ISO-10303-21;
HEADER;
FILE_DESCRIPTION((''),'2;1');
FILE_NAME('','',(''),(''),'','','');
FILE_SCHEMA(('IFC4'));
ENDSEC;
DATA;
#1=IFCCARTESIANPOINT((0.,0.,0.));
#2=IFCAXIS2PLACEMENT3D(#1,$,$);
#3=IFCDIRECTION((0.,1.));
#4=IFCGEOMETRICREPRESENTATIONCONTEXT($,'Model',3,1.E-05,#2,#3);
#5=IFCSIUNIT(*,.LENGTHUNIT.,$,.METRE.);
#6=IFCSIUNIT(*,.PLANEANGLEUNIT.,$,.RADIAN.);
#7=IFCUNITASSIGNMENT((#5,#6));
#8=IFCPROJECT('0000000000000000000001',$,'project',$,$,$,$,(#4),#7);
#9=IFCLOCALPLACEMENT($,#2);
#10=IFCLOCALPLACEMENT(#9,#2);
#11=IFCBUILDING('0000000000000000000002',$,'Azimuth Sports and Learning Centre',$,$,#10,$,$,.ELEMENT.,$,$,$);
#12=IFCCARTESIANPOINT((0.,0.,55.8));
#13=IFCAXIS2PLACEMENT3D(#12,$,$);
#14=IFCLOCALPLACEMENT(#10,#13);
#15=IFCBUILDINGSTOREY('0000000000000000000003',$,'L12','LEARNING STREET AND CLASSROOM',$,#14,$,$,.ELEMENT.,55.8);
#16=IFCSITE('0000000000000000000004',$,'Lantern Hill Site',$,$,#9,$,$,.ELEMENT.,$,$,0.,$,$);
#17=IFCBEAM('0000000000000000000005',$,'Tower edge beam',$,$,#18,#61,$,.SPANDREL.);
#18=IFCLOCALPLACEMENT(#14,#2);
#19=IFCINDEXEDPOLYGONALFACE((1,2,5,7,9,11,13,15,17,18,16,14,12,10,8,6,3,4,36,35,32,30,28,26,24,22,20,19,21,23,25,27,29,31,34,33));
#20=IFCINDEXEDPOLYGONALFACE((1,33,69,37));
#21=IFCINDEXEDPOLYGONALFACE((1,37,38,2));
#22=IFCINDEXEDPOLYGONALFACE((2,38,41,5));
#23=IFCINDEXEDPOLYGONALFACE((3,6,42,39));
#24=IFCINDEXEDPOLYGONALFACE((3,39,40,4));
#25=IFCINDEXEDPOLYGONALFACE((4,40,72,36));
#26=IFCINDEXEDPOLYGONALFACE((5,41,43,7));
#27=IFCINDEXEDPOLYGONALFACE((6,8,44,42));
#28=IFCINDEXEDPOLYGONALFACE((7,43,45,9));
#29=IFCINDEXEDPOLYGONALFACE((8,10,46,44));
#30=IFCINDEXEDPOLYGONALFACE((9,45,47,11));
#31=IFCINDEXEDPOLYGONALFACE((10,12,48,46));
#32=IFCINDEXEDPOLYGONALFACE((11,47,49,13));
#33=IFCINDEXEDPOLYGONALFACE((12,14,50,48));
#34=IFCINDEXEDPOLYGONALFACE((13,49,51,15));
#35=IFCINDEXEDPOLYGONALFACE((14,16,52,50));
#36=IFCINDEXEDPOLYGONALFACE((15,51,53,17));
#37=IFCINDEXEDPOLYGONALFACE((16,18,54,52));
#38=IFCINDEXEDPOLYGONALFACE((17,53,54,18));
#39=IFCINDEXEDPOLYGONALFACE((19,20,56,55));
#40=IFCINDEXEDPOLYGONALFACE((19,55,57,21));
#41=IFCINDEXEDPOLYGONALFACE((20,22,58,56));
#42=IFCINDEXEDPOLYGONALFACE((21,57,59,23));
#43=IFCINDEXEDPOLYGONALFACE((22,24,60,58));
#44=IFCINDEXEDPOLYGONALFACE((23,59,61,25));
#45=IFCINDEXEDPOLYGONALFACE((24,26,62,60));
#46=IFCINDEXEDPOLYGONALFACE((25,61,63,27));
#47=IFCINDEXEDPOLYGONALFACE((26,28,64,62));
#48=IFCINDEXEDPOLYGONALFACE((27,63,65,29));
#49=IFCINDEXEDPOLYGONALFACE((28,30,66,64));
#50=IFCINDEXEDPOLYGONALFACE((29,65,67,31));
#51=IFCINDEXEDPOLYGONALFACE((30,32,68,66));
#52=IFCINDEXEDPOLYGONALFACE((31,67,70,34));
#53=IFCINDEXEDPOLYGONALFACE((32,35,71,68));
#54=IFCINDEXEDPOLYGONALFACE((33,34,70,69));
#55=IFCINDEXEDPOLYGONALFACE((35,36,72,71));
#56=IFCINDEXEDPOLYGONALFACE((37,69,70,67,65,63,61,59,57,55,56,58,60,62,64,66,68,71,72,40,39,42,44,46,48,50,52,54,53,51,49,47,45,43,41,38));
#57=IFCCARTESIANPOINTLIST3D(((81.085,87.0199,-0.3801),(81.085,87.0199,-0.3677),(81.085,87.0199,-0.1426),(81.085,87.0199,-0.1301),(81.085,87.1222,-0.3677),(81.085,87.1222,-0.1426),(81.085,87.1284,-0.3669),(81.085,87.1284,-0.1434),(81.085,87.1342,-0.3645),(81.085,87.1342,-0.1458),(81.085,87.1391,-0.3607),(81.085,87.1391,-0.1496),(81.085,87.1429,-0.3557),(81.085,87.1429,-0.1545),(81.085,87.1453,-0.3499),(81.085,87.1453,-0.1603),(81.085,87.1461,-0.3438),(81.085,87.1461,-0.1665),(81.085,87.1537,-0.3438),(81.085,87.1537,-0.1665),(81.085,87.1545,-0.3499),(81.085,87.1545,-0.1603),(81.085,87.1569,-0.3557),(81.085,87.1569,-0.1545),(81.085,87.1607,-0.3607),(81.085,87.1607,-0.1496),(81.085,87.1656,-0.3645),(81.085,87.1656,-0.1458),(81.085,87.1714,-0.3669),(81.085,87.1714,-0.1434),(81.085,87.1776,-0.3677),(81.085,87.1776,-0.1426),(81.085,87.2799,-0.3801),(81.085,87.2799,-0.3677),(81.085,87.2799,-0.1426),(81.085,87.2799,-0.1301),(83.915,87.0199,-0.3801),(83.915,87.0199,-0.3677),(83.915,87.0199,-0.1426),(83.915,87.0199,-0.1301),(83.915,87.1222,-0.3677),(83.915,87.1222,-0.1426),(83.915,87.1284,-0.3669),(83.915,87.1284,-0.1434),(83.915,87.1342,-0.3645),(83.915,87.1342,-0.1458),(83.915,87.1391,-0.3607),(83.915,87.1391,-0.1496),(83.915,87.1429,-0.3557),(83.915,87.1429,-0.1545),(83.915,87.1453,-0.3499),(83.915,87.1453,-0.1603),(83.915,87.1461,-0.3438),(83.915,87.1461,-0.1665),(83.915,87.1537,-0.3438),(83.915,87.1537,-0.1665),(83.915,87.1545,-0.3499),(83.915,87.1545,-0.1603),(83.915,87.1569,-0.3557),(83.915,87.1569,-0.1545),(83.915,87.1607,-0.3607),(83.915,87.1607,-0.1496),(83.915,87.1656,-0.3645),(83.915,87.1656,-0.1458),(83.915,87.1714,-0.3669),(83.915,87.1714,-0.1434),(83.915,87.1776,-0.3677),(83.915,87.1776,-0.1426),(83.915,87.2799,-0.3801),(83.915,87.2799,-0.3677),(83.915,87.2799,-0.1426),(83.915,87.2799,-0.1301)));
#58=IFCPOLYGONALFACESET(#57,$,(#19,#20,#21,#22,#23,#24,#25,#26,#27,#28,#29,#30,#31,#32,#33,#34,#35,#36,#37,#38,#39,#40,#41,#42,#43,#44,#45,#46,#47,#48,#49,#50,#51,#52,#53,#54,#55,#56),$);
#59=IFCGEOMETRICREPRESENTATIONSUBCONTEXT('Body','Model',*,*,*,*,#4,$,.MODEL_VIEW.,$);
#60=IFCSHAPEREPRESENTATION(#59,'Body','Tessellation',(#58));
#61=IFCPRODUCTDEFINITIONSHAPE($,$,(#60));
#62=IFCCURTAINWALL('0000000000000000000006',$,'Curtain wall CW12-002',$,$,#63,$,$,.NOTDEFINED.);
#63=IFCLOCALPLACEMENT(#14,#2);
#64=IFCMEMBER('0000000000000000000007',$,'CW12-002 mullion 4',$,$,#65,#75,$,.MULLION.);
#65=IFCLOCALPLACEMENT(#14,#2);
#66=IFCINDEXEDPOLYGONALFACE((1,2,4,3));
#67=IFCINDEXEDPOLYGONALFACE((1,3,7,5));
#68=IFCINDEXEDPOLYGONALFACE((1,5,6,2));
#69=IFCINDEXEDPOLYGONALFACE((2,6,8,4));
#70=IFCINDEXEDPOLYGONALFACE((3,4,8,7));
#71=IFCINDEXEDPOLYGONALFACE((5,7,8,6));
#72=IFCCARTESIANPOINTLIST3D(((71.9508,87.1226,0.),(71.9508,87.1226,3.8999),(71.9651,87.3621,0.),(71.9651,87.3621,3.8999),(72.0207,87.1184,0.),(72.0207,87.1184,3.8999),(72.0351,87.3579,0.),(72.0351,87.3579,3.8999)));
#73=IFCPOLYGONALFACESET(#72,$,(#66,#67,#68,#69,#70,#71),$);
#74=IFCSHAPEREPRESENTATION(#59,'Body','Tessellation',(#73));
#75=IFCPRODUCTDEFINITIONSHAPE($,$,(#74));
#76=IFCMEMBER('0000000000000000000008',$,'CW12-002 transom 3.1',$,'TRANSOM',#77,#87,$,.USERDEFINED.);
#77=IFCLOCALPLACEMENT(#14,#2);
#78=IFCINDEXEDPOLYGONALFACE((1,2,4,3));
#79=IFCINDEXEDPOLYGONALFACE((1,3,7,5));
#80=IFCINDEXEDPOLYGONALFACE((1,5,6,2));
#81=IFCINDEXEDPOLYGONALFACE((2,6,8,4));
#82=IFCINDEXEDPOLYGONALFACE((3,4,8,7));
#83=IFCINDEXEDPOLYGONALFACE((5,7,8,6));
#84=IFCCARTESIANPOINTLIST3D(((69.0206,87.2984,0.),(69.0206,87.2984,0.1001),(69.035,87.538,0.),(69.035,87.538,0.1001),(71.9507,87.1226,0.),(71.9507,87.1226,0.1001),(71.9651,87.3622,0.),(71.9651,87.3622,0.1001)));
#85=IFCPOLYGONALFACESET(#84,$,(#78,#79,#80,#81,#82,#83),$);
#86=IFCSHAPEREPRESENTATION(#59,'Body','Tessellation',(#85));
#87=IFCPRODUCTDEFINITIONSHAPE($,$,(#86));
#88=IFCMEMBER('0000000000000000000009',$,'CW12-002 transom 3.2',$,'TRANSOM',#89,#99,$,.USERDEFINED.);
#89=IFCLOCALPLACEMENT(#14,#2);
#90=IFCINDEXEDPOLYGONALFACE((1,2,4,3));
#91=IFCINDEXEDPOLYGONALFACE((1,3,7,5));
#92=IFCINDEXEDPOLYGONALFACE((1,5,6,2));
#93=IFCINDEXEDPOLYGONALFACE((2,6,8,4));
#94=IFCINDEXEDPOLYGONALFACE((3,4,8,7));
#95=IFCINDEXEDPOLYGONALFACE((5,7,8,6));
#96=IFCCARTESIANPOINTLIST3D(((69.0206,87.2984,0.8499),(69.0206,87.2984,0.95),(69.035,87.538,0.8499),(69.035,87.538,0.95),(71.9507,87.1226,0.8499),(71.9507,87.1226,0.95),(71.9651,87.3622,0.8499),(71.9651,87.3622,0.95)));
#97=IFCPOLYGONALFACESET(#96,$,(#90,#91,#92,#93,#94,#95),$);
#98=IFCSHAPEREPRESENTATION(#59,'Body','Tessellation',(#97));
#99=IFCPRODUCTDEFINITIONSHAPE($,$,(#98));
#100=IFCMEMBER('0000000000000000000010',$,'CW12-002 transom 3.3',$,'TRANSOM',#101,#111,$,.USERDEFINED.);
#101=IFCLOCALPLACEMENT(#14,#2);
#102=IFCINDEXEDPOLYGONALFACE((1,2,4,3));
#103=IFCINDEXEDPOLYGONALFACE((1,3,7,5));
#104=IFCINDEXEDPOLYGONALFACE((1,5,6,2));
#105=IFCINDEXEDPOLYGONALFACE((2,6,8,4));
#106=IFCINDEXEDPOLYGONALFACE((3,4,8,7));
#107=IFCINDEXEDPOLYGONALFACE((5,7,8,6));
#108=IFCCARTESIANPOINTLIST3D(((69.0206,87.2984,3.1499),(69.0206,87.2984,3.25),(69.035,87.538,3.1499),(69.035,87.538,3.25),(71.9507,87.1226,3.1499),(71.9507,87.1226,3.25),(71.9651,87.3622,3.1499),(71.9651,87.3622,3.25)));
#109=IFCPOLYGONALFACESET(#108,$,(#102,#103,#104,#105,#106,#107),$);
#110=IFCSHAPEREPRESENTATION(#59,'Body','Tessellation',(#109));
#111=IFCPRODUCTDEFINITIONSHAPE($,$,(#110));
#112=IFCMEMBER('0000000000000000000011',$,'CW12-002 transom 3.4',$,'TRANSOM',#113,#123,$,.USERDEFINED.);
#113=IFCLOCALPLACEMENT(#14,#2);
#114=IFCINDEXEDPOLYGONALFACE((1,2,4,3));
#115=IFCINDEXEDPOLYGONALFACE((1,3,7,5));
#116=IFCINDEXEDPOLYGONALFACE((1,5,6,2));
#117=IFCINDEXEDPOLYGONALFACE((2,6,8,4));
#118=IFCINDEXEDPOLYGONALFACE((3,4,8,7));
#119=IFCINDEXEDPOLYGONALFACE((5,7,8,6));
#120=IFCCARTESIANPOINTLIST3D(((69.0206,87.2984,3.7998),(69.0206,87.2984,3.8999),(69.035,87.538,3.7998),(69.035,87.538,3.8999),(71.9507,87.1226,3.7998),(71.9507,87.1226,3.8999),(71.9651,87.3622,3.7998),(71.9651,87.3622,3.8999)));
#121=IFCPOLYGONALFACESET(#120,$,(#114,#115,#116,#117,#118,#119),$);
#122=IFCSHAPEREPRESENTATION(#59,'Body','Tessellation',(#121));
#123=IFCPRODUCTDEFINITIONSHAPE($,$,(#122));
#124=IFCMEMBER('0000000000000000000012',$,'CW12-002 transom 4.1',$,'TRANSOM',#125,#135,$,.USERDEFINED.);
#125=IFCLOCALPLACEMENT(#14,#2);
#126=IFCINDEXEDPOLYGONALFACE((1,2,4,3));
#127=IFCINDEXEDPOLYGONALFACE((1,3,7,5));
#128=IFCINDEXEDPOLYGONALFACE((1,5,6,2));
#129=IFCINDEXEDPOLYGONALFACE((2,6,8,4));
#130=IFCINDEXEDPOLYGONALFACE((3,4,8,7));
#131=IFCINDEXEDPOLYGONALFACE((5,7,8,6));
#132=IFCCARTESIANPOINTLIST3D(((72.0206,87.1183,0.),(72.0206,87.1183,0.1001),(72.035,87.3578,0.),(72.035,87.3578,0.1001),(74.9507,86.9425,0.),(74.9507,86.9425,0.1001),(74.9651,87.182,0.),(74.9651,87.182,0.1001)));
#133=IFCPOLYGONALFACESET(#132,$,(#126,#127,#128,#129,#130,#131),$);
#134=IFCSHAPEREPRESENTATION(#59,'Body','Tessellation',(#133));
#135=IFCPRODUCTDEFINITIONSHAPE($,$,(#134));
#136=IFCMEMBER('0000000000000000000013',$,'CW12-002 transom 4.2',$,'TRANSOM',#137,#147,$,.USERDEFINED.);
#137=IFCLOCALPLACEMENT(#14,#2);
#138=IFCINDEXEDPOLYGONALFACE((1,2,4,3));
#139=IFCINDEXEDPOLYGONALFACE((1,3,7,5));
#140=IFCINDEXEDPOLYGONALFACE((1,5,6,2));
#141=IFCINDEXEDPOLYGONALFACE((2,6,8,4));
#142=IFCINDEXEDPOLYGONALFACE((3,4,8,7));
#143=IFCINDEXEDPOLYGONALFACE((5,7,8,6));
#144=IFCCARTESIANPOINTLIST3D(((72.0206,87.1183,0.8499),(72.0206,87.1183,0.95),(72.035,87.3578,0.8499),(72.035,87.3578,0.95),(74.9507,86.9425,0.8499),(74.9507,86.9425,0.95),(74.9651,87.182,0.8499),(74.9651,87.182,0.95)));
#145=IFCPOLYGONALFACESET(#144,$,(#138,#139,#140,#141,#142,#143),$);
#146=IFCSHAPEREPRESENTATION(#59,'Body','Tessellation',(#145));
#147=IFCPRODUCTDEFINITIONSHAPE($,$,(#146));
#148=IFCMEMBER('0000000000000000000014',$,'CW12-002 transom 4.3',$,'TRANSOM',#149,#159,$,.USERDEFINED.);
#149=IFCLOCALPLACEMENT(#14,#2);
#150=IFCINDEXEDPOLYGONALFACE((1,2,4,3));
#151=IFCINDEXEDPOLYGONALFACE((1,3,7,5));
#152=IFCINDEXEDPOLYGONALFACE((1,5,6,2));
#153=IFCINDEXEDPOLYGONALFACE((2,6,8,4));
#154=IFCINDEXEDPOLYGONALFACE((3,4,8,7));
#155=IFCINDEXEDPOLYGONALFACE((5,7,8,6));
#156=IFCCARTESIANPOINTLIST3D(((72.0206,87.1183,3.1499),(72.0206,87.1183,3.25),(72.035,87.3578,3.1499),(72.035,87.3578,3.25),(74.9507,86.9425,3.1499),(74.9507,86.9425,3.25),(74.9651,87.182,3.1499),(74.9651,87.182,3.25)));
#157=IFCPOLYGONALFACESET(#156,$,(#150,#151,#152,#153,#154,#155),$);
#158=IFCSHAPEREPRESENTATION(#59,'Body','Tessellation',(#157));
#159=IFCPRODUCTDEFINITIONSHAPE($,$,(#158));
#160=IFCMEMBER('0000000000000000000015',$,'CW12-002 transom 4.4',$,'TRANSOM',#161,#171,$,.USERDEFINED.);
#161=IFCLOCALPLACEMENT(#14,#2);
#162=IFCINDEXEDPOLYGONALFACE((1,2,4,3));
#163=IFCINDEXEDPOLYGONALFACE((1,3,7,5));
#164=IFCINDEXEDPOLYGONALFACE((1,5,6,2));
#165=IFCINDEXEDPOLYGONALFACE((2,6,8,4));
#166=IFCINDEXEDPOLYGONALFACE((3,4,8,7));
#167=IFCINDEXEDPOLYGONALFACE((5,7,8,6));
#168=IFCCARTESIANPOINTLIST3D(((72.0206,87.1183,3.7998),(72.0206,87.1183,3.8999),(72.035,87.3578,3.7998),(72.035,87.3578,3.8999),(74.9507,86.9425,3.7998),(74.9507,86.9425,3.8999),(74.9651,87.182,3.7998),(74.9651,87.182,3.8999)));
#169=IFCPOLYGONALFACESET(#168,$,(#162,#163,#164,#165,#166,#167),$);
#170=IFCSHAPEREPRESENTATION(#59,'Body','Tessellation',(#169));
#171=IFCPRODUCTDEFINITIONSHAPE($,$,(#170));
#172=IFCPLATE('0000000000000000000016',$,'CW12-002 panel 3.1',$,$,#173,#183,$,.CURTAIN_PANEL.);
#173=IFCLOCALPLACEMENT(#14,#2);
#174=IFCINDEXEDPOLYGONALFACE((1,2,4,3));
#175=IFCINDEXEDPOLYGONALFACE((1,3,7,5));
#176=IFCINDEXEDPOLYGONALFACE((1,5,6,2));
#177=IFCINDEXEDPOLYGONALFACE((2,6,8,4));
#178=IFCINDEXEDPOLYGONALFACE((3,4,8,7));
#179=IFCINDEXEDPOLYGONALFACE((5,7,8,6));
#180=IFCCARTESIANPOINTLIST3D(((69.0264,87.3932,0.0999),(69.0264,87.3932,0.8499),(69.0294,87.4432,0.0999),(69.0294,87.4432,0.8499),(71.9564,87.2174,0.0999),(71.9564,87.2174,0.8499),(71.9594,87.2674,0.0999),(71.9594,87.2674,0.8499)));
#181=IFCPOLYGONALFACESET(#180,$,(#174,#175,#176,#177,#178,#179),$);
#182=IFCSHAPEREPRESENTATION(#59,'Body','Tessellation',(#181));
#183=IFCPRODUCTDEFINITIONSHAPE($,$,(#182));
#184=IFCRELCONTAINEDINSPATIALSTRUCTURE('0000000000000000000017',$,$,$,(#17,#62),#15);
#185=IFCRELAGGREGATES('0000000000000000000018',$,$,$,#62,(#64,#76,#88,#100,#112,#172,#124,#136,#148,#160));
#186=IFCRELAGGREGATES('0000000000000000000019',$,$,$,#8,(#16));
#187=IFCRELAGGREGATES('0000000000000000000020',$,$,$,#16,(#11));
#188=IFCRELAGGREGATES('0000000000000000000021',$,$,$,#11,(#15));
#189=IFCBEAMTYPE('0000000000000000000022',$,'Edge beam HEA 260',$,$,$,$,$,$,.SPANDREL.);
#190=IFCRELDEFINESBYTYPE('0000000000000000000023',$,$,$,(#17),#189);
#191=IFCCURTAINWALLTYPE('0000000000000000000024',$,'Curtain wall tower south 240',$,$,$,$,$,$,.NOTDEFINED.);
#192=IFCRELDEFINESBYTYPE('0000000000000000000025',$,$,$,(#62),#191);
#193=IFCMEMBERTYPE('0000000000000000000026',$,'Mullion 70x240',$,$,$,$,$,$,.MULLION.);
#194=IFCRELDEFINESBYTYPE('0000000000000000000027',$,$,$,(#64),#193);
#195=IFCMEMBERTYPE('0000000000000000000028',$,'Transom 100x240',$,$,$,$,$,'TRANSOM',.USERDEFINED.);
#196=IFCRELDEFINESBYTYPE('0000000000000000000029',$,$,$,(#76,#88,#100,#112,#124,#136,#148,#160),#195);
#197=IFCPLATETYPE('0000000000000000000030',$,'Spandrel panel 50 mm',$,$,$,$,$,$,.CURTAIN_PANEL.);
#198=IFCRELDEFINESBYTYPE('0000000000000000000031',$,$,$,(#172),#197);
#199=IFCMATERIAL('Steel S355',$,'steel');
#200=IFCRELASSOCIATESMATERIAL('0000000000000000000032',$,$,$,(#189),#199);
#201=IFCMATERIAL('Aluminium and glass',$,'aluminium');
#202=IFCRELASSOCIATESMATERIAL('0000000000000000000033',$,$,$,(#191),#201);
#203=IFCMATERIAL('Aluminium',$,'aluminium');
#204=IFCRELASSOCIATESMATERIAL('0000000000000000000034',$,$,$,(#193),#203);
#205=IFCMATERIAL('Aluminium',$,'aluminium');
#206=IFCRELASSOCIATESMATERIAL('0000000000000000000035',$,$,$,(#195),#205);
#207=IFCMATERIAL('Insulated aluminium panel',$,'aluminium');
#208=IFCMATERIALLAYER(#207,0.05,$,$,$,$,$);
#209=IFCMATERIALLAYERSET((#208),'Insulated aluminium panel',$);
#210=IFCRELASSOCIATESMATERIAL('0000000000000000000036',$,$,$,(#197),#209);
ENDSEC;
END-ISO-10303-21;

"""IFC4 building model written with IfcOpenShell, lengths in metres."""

from ifc_helpers import new_model, si_unit, direction, frame, origin, origin_2d, place, context, subcontext, project, spatial, rectangle, i_section, extrude, material, layer, layer_set, material_profile, profile_set, type_object, element, aggregate, save


model = new_model("IFC4")

# Units and contexts
model_context = context("Model", 3, precision=1e-05, world=origin(), true_north=direction((0.0, 1.0)))
body_context = subcontext(model_context, "Body", "Model", "MODEL_VIEW")
ifc_project = project(units=[si_unit("LENGTHUNIT", "METRE"), si_unit("PLANEANGLEUNIT", "RADIAN")], contexts=[model_context])

# Site, building, storey
site_placement = place(None, origin())
site = spatial("IfcSite", under=ifc_project, at=site_placement, Name="Lantern Hill Site", CompositionType="ELEMENT", RefElevation=0.0)
building_placement = place(site_placement, origin())
building = spatial("IfcBuilding", under=site, at=building_placement, Name="Azimuth Sports and Learning Centre", CompositionType="ELEMENT")
storey_placement = place(building_placement, frame((0.0, 0.0, 55.8)))
storey = spatial("IfcBuildingStorey", under=building, at=storey_placement, Name="L12", Description="LEARNING STREET AND CLASSROOM", CompositionType="ELEMENT", Elevation=55.8)

# Beam
ifc_material_1 = material(Name="Steel S355", Category="steel")
ifc_material_profile_1 = material_profile(ifc_material_1, i_section(OverallWidth=0.26, OverallDepth=0.25, WebThickness=0.0076, FlangeThickness=0.0125, FilletRadius=0.0239, at=origin_2d()), Name="HEA 260")
ifc_profile_set_1 = profile_set([ifc_material_profile_1], Name="Steel S355")
beam_type = type_object("IfcBeamType", Name="Edge beam HEA 260", PredefinedType="SPANDREL", material=ifc_profile_set_1)
for number, where, z_axis, x_axis, name in (
    (1, (81.085, 87.1499, -0.2551), (1.0, 0.0, 0.0), (0.0, 1.0, 0.0), "Tower edge beam"),
):
    element("IfcBeam", number, at=place(storey_placement, frame(where, z_axis=z_axis, x_axis=x_axis)), inside=storey, type_object=beam_type, Name=name, PredefinedType="SPANDREL", context=body_context, shape_type="SweptSolid", body=[
        extrude(i_section(OverallWidth=0.26, OverallDepth=0.25, WebThickness=0.0076, FlangeThickness=0.0125, FilletRadius=0.0239, at=origin_2d()), origin(), (0.0, 0.0, 1.0), 2.8301),
    ])

# Curtain wall, members, plate
ifc_material_2 = material(Name="Aluminium and glass", Category="aluminium")
curtain_wall_type = type_object("IfcCurtainWallType", Name="Curtain wall tower south 240", PredefinedType="NOTDEFINED", material=ifc_material_2)
curtain_wall_placement = place(storey_placement, origin())
curtain_wall = element("IfcCurtainWall", 2, at=curtain_wall_placement, inside=storey, type_object=curtain_wall_type, Name="Curtain wall CW12-002", PredefinedType="NOTDEFINED")
ifc_material_3 = material(Name="Aluminium", Category="aluminium")
ifc_material_profile_2 = material_profile(ifc_material_3, rectangle(XDim=0.24, YDim=0.0701, at=origin_2d()), Name="Mullion 70x240")
ifc_profile_set_2 = profile_set([ifc_material_profile_2], Name="Aluminium")
member_type_1 = type_object("IfcMemberType", Name="Mullion 70x240", PredefinedType="MULLION", material=ifc_profile_set_2)
member_1_placement = place(storey_placement, frame((71.9929, 87.2402, 0.0), z_axis=(0.0, 0.0, 1.0), x_axis=(0.059892, 0.998205, 0.0)))
member_1 = element("IfcMember", 3, at=member_1_placement, type_object=member_type_1, Name="CW12-002 mullion 4", PredefinedType="MULLION", context=body_context, shape_type="SweptSolid", body=[
    extrude(rectangle(XDim=0.24, YDim=0.0701, at=origin_2d()), origin(), (0.0, 0.0, 1.0), 3.8999),
])
ifc_material_4 = material(Name="Aluminium", Category="aluminium")
ifc_material_profile_3 = material_profile(ifc_material_4, rectangle(XDim=0.24, YDim=0.1001, at=origin_2d()), Name="Transom 100x240")
ifc_profile_set_3 = profile_set([ifc_material_profile_3], Name="Aluminium")
member_type_2 = type_object("IfcMemberType", Name="Transom 100x240", ElementType="TRANSOM", PredefinedType="USERDEFINED", material=ifc_profile_set_3)
member_2_placement = place(storey_placement, frame((69.0278, 87.4182, 0.05), z_axis=(0.998205, -0.059887, 0.0), x_axis=(0.059887, 0.998205, 0.0)))
member_2 = element("IfcMember", 4, at=member_2_placement, type_object=member_type_2, Name="CW12-002 transom 3.1", ObjectType="TRANSOM", PredefinedType="USERDEFINED", context=body_context, shape_type="SweptSolid", body=[
    extrude(rectangle(XDim=0.24, YDim=0.1001, at=origin_2d()), origin(), (0.0, 0.0, 1.0), 2.9353),
])
member_3_placement = place(storey_placement, frame((69.0278, 87.4182, 0.8999), z_axis=(0.998205, -0.059887, 0.0), x_axis=(0.059887, 0.998205, 0.0)))
member_3 = element("IfcMember", 5, at=member_3_placement, type_object=member_type_2, Name="CW12-002 transom 3.2", ObjectType="TRANSOM", PredefinedType="USERDEFINED", context=body_context, shape_type="SweptSolid", body=[
    extrude(rectangle(XDim=0.24, YDim=0.1001, at=origin_2d()), origin(), (0.0, 0.0, 1.0), 2.9353),
])
member_4_placement = place(storey_placement, frame((69.0278, 87.4182, 3.2), z_axis=(0.998205, -0.059887, 0.0), x_axis=(0.059887, 0.998205, 0.0)))
member_4 = element("IfcMember", 6, at=member_4_placement, type_object=member_type_2, Name="CW12-002 transom 3.3", ObjectType="TRANSOM", PredefinedType="USERDEFINED", context=body_context, shape_type="SweptSolid", body=[
    extrude(rectangle(XDim=0.24, YDim=0.1001, at=origin_2d()), origin(), (0.0, 0.0, 1.0), 2.9353),
])
member_5_placement = place(storey_placement, frame((69.0278, 87.4182, 3.8499), z_axis=(0.998205, -0.059887, 0.0), x_axis=(0.059887, 0.998205, 0.0)))
member_5 = element("IfcMember", 7, at=member_5_placement, type_object=member_type_2, Name="CW12-002 transom 3.4", ObjectType="TRANSOM", PredefinedType="USERDEFINED", context=body_context, shape_type="SweptSolid", body=[
    extrude(rectangle(XDim=0.24, YDim=0.1001, at=origin_2d()), origin(), (0.0, 0.0, 1.0), 2.9353),
])
member_6_placement = place(storey_placement, frame((72.0278, 87.238, 0.05), z_axis=(0.998205, -0.059887, 0.0), x_axis=(0.059887, 0.998205, 0.0)))
member_6 = element("IfcMember", 8, at=member_6_placement, type_object=member_type_2, Name="CW12-002 transom 4.1", ObjectType="TRANSOM", PredefinedType="USERDEFINED", context=body_context, shape_type="SweptSolid", body=[
    extrude(rectangle(XDim=0.24, YDim=0.1001, at=origin_2d()), origin(), (0.0, 0.0, 1.0), 2.9353),
])
member_7_placement = place(storey_placement, frame((72.0278, 87.238, 0.8999), z_axis=(0.998205, -0.059887, 0.0), x_axis=(0.059887, 0.998205, 0.0)))
member_7 = element("IfcMember", 9, at=member_7_placement, type_object=member_type_2, Name="CW12-002 transom 4.2", ObjectType="TRANSOM", PredefinedType="USERDEFINED", context=body_context, shape_type="SweptSolid", body=[
    extrude(rectangle(XDim=0.24, YDim=0.1001, at=origin_2d()), origin(), (0.0, 0.0, 1.0), 2.9353),
])
member_8_placement = place(storey_placement, frame((72.0278, 87.238, 3.2), z_axis=(0.998205, -0.059887, 0.0), x_axis=(0.059887, 0.998205, 0.0)))
member_8 = element("IfcMember", 10, at=member_8_placement, type_object=member_type_2, Name="CW12-002 transom 4.3", ObjectType="TRANSOM", PredefinedType="USERDEFINED", context=body_context, shape_type="SweptSolid", body=[
    extrude(rectangle(XDim=0.24, YDim=0.1001, at=origin_2d()), origin(), (0.0, 0.0, 1.0), 2.9353),
])
member_9_placement = place(storey_placement, frame((72.0278, 87.238, 3.8499), z_axis=(0.998205, -0.059887, 0.0), x_axis=(0.059887, 0.998205, 0.0)))
member_9 = element("IfcMember", 11, at=member_9_placement, type_object=member_type_2, Name="CW12-002 transom 4.4", ObjectType="TRANSOM", PredefinedType="USERDEFINED", context=body_context, shape_type="SweptSolid", body=[
    extrude(rectangle(XDim=0.24, YDim=0.1001, at=origin_2d()), origin(), (0.0, 0.0, 1.0), 2.9353),
])
ifc_material_5 = material(Name="Insulated aluminium panel", Category="aluminium")
ifc_layer_1 = layer(ifc_material_5, 0.05)
ifc_layer_set_1 = layer_set([ifc_layer_1], Name="Insulated aluminium panel")
plate_type_1 = type_object("IfcPlateType", Name="Spandrel panel 50 mm", PredefinedType="CURTAIN_PANEL", material=ifc_layer_set_1)
plate_1_placement = place(storey_placement, frame((70.4929, 87.3303, 0.0999), z_axis=(0.0, 0.0, 1.0), x_axis=(0.998205, -0.059892, 0.0)))
plate_1 = element("IfcPlate", 12, at=plate_1_placement, type_object=plate_type_1, Name="CW12-002 panel 3.1", PredefinedType="CURTAIN_PANEL", context=body_context, shape_type="SweptSolid", body=[
    extrude(rectangle(XDim=2.9353, YDim=0.05, at=origin_2d()), origin(), (0.0, 0.0, 1.0), 0.75),
])
aggregate(curtain_wall, [member_1, member_2, member_3, member_4, member_5, plate_1, member_6, member_7, member_8, member_9])

save(model, "model.ifc")
